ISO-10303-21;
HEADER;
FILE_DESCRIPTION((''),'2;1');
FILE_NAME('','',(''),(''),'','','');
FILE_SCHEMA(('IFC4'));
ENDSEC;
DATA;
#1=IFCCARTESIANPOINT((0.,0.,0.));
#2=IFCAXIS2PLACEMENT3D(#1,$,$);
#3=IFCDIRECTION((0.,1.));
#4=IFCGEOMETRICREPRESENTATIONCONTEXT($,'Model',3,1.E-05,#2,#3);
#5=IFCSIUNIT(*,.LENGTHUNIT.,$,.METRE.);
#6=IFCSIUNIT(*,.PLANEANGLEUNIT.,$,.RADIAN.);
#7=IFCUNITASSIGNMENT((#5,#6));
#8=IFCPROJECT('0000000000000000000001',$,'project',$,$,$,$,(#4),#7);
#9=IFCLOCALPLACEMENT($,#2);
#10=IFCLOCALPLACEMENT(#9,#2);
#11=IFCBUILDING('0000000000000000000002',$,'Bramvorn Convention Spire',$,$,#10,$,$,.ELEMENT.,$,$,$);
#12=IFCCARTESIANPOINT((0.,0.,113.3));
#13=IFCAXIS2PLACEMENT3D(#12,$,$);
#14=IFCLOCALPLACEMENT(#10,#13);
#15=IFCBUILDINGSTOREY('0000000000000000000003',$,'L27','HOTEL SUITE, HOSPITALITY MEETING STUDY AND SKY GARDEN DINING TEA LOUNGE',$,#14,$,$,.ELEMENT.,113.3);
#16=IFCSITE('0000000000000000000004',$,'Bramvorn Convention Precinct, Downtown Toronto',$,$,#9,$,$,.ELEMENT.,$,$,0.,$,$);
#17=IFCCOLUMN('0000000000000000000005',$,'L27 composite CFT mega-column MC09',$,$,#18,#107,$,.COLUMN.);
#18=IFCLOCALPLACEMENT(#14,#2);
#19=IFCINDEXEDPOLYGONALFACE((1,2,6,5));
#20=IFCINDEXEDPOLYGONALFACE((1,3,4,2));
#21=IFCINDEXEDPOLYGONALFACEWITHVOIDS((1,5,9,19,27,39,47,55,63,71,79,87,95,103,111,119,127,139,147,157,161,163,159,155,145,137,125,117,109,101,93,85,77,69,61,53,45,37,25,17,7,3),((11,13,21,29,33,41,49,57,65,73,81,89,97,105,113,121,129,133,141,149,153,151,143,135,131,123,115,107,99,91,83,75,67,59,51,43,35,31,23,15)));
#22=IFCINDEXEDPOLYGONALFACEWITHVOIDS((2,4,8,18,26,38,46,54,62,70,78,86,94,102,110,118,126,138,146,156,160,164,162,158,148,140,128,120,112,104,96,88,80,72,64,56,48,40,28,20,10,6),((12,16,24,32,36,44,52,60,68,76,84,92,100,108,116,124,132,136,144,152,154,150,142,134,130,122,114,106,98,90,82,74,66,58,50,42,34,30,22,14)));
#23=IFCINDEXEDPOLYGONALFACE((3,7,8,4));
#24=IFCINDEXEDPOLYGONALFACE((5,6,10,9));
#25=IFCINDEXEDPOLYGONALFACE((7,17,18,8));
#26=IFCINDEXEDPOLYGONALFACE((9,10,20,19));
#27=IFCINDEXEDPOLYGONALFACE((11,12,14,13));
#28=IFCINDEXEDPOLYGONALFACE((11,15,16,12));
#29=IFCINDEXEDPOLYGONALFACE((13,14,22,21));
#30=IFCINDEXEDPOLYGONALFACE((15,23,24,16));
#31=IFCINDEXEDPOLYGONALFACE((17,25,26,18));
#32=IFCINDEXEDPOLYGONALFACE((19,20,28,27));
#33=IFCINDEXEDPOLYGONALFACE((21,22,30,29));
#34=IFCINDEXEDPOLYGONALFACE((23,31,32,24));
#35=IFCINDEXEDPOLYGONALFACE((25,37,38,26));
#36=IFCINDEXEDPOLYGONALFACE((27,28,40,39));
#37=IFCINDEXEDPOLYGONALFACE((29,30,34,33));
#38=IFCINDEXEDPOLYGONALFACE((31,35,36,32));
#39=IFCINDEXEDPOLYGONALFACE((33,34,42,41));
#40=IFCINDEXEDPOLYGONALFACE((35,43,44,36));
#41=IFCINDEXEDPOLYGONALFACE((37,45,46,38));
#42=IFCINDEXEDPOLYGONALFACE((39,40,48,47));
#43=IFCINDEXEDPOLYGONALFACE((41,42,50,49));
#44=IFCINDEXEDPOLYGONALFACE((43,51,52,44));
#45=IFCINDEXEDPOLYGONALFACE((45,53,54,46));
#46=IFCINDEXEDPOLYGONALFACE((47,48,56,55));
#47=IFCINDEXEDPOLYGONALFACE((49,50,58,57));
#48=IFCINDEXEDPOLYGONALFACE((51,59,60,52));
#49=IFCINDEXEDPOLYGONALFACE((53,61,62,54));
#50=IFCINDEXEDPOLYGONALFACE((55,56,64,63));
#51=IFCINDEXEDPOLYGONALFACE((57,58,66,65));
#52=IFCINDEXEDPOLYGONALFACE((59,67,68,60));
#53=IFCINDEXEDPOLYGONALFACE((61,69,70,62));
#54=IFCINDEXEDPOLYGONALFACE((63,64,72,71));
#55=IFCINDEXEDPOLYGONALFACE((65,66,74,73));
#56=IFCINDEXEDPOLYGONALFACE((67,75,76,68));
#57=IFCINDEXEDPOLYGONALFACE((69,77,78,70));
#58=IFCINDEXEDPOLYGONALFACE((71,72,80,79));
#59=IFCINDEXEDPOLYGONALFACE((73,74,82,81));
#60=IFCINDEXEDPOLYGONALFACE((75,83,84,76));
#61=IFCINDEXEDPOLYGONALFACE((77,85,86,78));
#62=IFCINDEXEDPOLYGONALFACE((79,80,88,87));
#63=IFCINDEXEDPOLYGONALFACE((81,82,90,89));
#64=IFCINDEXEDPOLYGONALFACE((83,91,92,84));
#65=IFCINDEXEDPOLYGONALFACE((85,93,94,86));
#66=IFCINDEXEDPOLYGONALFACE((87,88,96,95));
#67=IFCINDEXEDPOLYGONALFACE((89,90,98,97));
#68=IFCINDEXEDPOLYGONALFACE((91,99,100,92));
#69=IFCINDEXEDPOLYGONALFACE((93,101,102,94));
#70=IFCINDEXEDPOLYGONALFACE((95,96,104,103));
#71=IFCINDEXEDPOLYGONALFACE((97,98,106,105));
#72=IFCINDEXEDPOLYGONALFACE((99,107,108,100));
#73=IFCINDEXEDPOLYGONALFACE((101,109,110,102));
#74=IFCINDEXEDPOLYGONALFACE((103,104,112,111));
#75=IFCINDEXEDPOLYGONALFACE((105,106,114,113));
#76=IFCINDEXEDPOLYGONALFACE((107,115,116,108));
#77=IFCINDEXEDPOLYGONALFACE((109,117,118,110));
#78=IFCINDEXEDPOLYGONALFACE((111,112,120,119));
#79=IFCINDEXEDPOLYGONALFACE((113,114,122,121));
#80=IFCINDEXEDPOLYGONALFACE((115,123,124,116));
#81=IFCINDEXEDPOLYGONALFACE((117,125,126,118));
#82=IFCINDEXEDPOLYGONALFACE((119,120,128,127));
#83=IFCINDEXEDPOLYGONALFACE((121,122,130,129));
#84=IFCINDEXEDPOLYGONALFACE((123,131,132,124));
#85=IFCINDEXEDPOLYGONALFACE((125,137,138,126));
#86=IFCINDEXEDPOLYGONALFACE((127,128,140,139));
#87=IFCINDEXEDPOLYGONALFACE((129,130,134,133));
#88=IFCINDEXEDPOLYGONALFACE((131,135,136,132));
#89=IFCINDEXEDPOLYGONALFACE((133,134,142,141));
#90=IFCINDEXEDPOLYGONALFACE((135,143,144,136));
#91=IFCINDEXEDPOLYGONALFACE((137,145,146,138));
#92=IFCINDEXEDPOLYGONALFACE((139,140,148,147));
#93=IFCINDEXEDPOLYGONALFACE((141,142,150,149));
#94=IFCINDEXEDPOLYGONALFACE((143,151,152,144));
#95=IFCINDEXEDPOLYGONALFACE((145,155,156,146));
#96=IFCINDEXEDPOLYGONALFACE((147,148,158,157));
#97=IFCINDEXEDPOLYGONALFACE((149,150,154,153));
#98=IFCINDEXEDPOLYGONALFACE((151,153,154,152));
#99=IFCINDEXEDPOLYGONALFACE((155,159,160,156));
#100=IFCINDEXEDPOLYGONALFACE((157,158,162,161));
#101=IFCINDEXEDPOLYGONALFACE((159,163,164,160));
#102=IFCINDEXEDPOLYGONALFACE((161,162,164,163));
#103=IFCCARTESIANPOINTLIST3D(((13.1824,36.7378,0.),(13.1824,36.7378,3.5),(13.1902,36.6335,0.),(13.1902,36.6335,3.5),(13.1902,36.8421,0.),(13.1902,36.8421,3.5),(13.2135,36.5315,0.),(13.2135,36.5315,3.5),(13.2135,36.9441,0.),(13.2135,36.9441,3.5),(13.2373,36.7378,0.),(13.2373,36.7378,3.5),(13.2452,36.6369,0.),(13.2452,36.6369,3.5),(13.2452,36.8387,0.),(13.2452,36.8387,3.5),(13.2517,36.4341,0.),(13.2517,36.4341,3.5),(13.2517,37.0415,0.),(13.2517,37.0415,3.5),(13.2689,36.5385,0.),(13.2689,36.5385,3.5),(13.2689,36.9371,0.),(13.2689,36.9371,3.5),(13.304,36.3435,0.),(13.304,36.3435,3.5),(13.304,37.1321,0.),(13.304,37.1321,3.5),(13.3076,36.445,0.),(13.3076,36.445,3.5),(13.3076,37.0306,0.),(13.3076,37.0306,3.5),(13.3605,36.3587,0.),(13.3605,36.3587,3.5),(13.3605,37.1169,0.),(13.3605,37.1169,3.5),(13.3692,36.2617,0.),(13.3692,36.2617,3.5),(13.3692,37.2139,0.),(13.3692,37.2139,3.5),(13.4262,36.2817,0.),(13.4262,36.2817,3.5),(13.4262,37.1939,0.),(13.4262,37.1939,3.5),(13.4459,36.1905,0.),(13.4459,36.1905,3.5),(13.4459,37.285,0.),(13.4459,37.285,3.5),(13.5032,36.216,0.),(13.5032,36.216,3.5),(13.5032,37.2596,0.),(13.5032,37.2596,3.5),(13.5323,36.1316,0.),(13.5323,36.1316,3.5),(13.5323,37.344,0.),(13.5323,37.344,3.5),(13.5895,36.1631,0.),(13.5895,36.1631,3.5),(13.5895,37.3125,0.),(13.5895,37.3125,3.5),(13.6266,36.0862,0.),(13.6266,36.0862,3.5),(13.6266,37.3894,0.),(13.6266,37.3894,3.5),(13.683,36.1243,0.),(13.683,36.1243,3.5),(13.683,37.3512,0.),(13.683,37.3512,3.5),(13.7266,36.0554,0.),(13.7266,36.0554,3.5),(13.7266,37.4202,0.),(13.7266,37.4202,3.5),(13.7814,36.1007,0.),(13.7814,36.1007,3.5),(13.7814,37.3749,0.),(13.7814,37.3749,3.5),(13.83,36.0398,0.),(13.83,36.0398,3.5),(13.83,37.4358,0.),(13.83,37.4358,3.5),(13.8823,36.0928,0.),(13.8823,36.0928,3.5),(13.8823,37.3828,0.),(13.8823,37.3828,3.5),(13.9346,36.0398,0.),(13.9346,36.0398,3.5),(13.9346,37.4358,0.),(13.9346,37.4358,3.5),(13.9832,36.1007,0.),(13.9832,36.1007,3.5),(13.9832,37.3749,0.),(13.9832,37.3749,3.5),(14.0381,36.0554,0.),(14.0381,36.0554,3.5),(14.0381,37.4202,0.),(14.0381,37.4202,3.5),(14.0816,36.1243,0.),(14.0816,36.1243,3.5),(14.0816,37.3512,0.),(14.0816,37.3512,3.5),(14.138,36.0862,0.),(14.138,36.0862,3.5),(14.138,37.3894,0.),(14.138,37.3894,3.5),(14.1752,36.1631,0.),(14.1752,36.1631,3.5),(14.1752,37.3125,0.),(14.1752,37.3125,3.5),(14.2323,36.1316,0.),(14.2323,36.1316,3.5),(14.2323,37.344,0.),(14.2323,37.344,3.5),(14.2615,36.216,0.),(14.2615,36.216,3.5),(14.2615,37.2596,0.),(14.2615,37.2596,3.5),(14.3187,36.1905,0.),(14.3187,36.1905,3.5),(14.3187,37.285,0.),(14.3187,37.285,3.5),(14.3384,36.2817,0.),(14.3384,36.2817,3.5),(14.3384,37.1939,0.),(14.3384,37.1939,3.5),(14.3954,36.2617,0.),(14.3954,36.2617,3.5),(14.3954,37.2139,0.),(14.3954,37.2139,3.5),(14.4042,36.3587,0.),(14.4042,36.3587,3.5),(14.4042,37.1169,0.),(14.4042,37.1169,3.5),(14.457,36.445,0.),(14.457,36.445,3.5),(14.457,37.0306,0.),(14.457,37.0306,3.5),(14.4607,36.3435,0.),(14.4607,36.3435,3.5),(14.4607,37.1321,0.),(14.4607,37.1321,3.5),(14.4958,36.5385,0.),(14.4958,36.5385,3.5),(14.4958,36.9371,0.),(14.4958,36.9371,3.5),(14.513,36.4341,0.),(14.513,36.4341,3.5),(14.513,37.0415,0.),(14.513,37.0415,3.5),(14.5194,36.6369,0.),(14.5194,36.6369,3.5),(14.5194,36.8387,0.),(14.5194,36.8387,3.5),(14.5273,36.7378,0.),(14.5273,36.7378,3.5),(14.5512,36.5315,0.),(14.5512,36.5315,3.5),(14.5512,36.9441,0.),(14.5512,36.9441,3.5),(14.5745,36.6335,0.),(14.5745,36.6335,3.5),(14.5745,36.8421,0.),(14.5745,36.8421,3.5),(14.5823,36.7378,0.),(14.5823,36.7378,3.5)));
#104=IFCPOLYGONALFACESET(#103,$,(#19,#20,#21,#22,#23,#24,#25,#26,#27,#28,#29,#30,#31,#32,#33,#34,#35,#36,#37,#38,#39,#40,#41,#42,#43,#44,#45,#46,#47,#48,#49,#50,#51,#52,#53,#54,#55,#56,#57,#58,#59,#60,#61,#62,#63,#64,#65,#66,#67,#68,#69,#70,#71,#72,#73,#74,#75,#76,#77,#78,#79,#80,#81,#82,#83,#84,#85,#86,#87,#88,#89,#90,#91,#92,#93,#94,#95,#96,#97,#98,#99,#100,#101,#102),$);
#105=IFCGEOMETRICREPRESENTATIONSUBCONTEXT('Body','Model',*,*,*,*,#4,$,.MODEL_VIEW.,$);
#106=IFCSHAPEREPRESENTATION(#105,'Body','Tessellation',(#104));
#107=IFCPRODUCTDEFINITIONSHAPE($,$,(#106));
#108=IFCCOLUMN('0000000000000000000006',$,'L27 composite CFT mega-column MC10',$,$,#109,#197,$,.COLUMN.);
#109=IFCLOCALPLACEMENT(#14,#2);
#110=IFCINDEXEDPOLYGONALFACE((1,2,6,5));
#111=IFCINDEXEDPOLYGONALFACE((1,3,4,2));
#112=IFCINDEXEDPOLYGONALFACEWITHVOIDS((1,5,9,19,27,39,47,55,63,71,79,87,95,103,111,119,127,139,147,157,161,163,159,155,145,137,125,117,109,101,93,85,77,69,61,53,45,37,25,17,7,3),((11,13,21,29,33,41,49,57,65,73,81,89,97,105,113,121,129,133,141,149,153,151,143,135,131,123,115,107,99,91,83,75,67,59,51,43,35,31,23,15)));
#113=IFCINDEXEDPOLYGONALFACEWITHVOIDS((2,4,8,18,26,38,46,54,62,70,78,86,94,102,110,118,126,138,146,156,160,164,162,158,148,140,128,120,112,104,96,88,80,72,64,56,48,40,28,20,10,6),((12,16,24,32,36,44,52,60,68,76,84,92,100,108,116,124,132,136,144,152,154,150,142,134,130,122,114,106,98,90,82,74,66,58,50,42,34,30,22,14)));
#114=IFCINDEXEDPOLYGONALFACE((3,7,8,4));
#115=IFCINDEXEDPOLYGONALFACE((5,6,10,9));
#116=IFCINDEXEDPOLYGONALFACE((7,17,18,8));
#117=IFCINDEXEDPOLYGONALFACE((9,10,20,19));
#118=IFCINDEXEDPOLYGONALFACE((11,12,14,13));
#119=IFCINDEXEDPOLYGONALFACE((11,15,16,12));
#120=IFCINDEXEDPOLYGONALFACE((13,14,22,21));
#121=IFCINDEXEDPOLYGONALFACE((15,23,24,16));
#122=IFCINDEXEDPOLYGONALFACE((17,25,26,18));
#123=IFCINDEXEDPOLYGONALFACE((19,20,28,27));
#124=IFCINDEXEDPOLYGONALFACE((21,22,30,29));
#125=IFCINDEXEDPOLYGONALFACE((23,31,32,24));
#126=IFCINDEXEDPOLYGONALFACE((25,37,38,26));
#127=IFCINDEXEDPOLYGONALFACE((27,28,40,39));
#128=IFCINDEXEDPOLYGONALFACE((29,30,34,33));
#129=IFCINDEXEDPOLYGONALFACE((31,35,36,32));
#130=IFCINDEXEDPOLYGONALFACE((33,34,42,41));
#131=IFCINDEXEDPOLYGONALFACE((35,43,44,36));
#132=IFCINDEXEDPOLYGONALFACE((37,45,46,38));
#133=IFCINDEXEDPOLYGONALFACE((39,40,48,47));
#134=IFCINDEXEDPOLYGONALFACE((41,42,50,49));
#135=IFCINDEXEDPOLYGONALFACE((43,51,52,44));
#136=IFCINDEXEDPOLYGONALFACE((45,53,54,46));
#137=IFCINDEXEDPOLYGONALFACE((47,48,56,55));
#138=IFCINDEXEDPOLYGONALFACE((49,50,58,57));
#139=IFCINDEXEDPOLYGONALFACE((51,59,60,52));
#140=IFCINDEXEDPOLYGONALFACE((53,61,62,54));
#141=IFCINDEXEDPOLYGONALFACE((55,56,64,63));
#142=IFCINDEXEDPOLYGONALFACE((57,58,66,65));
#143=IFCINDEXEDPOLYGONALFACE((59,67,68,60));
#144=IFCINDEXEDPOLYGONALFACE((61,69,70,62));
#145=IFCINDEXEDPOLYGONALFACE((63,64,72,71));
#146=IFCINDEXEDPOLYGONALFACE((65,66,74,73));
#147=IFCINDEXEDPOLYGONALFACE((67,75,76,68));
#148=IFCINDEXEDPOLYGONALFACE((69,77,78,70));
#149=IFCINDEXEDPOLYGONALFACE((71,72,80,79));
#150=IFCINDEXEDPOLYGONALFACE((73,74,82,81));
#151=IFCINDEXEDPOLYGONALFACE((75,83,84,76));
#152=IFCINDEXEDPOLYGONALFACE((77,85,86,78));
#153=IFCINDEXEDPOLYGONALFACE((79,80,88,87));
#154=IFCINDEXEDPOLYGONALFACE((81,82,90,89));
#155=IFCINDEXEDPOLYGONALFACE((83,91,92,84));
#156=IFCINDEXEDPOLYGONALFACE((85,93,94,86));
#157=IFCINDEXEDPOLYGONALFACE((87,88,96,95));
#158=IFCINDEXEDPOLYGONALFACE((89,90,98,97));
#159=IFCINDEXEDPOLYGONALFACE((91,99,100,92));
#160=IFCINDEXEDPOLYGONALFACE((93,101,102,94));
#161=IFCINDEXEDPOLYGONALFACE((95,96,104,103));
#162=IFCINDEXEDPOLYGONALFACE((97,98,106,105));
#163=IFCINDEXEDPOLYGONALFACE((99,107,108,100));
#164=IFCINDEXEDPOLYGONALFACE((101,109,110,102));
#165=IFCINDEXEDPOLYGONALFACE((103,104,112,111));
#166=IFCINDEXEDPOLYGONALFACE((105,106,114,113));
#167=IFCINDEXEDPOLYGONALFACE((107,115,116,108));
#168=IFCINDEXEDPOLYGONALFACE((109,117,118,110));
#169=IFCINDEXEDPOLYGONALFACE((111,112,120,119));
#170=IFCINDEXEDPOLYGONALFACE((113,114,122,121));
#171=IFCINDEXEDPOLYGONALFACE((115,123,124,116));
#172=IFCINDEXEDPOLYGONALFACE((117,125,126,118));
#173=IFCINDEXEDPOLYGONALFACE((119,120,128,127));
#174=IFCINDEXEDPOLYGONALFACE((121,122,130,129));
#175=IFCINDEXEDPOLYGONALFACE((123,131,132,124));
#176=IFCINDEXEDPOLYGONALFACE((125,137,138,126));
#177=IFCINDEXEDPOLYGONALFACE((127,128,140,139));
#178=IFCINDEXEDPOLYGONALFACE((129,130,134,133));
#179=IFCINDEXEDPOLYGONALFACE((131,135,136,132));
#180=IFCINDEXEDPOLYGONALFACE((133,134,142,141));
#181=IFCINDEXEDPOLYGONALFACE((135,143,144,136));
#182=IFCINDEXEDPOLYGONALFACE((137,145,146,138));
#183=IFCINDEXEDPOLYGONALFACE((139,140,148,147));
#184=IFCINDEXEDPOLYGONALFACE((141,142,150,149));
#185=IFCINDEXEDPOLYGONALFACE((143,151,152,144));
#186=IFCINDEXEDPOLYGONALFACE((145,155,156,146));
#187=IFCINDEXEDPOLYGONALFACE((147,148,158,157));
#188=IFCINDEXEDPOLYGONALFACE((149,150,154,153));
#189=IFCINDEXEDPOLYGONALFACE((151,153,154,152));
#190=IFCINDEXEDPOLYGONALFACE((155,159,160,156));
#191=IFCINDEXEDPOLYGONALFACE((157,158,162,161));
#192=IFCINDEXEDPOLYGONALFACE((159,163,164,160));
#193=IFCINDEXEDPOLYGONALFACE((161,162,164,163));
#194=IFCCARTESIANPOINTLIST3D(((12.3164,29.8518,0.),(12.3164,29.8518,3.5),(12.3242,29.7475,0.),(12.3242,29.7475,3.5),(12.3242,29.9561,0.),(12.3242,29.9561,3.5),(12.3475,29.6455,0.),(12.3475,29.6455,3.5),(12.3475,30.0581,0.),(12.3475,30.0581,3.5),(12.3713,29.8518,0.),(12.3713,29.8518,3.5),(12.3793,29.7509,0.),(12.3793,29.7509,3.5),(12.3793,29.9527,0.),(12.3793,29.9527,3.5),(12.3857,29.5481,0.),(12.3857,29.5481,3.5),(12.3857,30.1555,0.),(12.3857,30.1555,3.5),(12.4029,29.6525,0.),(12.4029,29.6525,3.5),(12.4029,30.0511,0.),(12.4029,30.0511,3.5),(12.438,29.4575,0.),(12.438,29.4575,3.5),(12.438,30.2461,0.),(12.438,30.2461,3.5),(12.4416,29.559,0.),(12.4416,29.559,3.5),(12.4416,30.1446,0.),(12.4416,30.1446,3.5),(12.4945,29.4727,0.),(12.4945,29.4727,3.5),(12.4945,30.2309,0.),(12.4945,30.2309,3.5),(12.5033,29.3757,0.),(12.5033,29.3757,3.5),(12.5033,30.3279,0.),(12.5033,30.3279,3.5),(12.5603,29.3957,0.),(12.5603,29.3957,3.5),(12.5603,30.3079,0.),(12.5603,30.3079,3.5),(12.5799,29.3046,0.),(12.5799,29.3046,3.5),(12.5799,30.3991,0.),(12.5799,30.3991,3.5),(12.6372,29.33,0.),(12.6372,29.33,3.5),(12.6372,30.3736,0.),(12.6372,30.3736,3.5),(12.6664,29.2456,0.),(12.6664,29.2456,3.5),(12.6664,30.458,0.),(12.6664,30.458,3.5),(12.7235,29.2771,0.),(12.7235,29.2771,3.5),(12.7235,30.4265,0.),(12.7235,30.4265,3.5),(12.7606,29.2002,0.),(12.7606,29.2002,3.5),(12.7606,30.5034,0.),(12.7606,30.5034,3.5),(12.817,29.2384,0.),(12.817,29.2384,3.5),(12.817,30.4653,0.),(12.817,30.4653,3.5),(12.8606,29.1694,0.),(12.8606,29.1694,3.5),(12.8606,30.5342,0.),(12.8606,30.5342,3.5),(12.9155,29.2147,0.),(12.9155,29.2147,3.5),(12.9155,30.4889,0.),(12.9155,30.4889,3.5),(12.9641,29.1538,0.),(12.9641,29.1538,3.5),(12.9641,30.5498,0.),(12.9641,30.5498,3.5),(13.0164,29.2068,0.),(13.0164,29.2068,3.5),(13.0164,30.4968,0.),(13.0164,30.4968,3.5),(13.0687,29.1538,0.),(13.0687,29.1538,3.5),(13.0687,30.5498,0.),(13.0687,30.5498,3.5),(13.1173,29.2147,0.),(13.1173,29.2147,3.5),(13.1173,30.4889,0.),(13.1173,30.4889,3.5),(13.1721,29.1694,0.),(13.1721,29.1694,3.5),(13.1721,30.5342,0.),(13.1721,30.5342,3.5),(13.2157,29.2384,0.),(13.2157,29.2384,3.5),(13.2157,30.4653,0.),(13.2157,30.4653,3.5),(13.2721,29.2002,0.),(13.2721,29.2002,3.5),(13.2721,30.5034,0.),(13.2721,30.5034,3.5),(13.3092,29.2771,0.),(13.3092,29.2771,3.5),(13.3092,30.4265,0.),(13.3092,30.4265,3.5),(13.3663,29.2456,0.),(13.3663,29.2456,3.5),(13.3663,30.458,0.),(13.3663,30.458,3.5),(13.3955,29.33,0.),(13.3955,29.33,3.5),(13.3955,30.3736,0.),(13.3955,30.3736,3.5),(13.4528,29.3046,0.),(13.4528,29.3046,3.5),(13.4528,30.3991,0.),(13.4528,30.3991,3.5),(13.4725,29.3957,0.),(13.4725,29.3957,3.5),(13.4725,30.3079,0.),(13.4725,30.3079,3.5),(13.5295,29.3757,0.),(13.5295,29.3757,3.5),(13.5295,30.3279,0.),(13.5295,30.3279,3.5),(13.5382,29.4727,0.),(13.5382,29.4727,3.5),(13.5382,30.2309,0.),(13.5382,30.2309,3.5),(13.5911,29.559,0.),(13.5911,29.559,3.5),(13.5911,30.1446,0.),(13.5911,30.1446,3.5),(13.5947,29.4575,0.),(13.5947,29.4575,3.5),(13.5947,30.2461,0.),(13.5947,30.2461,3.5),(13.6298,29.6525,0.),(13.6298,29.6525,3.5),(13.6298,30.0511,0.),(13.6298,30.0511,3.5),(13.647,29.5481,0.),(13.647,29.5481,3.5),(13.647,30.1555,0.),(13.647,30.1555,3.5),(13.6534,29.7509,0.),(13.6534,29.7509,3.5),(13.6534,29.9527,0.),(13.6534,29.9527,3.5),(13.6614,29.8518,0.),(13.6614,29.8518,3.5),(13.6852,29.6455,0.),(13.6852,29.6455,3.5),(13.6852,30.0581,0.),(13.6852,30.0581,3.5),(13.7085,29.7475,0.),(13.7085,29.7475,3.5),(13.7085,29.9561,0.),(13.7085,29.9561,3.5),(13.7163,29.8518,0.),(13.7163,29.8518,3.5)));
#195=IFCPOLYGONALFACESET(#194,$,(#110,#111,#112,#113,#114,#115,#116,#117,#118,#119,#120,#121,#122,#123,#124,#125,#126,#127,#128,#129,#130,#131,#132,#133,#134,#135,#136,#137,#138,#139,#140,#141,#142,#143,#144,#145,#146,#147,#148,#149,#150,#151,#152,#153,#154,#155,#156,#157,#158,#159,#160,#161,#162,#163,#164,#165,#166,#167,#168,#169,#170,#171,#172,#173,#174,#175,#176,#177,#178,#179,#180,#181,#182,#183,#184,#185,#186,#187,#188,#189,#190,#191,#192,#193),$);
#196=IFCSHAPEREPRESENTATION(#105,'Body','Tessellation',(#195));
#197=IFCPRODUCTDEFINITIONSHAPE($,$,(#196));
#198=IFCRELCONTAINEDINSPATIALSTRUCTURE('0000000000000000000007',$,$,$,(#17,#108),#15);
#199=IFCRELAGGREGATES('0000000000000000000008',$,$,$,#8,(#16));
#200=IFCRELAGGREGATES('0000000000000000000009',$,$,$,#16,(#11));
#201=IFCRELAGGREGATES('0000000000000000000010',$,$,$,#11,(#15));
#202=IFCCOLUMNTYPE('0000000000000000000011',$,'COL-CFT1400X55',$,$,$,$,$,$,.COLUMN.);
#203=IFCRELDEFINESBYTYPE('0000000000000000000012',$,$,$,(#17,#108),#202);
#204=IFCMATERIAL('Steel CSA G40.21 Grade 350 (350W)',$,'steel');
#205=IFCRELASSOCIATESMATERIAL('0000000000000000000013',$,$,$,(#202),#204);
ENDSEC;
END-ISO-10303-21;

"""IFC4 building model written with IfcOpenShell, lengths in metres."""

from ifc_helpers import new_model, si_unit, direction, frame, origin, origin_2d, place, context, subcontext, project, spatial, hollow_circle, extrude, material, material_profile, profile_set, type_object, element, save


model = new_model("IFC4")

# Units and contexts
model_context = context("Model", 3, precision=1e-05, world=origin(), true_north=direction((0.0, 1.0)))
body_context = subcontext(model_context, "Body", "Model", "MODEL_VIEW")
ifc_project = project(units=[si_unit("LENGTHUNIT", "METRE"), si_unit("PLANEANGLEUNIT", "RADIAN")], contexts=[model_context])

# Site, building, storey
site_placement = place(None, origin())
site = spatial("IfcSite", under=ifc_project, at=site_placement, Name="Bramvorn Convention Precinct, Downtown Toronto", CompositionType="ELEMENT", RefElevation=0.0)
building_placement = place(site_placement, origin())
building = spatial("IfcBuilding", under=site, at=building_placement, Name="Bramvorn Convention Spire", CompositionType="ELEMENT")
storey_placement = place(building_placement, frame((0.0, 0.0, 113.3)))
storey = spatial("IfcBuildingStorey", under=building, at=storey_placement, Name="L27", Description="HOTEL SUITE, HOSPITALITY MEETING STUDY AND SKY GARDEN DINING TEA LOUNGE", CompositionType="ELEMENT", Elevation=113.3)

# Columns
ifc_material_1 = material(Name="Steel CSA G40.21 Grade 350 (350W)", Category="steel")
ifc_material_profile_1 = material_profile(ifc_material_1, hollow_circle(Radius=0.7, WallThickness=0.0549, at=origin_2d()))
ifc_profile_set_1 = profile_set([ifc_material_profile_1], Name="Steel CSA G40.21 Grade 350 (350W) - CFT1400X55")
column_type = type_object("IfcColumnType", Name="COL-CFT1400X55", PredefinedType="COLUMN", material=ifc_profile_set_1)
for number, where, z_axis, x_axis, name in (
    (1, (13.8823, 36.7378, 0.0), (0.0, 0.0, 1.0), (1.0, 0.0, 0.0), "L27 composite CFT mega-column MC09"),
    (2, (13.0164, 29.8518, 0.0), (0.0, 0.0, 1.0), (1.0, 0.0, 0.0), "L27 composite CFT mega-column MC10"),
):
    element("IfcColumn", number, at=place(storey_placement, frame(where, z_axis=z_axis, x_axis=x_axis)), inside=storey, type_object=column_type, Name=name, PredefinedType="COLUMN", context=body_context, shape_type="SweptSolid", body=[
        extrude(hollow_circle(Radius=0.7, WallThickness=0.0549, at=origin_2d()), origin(), (0.0, 0.0, 1.0), 3.5),
    ])

save(model, "model.ifc")
